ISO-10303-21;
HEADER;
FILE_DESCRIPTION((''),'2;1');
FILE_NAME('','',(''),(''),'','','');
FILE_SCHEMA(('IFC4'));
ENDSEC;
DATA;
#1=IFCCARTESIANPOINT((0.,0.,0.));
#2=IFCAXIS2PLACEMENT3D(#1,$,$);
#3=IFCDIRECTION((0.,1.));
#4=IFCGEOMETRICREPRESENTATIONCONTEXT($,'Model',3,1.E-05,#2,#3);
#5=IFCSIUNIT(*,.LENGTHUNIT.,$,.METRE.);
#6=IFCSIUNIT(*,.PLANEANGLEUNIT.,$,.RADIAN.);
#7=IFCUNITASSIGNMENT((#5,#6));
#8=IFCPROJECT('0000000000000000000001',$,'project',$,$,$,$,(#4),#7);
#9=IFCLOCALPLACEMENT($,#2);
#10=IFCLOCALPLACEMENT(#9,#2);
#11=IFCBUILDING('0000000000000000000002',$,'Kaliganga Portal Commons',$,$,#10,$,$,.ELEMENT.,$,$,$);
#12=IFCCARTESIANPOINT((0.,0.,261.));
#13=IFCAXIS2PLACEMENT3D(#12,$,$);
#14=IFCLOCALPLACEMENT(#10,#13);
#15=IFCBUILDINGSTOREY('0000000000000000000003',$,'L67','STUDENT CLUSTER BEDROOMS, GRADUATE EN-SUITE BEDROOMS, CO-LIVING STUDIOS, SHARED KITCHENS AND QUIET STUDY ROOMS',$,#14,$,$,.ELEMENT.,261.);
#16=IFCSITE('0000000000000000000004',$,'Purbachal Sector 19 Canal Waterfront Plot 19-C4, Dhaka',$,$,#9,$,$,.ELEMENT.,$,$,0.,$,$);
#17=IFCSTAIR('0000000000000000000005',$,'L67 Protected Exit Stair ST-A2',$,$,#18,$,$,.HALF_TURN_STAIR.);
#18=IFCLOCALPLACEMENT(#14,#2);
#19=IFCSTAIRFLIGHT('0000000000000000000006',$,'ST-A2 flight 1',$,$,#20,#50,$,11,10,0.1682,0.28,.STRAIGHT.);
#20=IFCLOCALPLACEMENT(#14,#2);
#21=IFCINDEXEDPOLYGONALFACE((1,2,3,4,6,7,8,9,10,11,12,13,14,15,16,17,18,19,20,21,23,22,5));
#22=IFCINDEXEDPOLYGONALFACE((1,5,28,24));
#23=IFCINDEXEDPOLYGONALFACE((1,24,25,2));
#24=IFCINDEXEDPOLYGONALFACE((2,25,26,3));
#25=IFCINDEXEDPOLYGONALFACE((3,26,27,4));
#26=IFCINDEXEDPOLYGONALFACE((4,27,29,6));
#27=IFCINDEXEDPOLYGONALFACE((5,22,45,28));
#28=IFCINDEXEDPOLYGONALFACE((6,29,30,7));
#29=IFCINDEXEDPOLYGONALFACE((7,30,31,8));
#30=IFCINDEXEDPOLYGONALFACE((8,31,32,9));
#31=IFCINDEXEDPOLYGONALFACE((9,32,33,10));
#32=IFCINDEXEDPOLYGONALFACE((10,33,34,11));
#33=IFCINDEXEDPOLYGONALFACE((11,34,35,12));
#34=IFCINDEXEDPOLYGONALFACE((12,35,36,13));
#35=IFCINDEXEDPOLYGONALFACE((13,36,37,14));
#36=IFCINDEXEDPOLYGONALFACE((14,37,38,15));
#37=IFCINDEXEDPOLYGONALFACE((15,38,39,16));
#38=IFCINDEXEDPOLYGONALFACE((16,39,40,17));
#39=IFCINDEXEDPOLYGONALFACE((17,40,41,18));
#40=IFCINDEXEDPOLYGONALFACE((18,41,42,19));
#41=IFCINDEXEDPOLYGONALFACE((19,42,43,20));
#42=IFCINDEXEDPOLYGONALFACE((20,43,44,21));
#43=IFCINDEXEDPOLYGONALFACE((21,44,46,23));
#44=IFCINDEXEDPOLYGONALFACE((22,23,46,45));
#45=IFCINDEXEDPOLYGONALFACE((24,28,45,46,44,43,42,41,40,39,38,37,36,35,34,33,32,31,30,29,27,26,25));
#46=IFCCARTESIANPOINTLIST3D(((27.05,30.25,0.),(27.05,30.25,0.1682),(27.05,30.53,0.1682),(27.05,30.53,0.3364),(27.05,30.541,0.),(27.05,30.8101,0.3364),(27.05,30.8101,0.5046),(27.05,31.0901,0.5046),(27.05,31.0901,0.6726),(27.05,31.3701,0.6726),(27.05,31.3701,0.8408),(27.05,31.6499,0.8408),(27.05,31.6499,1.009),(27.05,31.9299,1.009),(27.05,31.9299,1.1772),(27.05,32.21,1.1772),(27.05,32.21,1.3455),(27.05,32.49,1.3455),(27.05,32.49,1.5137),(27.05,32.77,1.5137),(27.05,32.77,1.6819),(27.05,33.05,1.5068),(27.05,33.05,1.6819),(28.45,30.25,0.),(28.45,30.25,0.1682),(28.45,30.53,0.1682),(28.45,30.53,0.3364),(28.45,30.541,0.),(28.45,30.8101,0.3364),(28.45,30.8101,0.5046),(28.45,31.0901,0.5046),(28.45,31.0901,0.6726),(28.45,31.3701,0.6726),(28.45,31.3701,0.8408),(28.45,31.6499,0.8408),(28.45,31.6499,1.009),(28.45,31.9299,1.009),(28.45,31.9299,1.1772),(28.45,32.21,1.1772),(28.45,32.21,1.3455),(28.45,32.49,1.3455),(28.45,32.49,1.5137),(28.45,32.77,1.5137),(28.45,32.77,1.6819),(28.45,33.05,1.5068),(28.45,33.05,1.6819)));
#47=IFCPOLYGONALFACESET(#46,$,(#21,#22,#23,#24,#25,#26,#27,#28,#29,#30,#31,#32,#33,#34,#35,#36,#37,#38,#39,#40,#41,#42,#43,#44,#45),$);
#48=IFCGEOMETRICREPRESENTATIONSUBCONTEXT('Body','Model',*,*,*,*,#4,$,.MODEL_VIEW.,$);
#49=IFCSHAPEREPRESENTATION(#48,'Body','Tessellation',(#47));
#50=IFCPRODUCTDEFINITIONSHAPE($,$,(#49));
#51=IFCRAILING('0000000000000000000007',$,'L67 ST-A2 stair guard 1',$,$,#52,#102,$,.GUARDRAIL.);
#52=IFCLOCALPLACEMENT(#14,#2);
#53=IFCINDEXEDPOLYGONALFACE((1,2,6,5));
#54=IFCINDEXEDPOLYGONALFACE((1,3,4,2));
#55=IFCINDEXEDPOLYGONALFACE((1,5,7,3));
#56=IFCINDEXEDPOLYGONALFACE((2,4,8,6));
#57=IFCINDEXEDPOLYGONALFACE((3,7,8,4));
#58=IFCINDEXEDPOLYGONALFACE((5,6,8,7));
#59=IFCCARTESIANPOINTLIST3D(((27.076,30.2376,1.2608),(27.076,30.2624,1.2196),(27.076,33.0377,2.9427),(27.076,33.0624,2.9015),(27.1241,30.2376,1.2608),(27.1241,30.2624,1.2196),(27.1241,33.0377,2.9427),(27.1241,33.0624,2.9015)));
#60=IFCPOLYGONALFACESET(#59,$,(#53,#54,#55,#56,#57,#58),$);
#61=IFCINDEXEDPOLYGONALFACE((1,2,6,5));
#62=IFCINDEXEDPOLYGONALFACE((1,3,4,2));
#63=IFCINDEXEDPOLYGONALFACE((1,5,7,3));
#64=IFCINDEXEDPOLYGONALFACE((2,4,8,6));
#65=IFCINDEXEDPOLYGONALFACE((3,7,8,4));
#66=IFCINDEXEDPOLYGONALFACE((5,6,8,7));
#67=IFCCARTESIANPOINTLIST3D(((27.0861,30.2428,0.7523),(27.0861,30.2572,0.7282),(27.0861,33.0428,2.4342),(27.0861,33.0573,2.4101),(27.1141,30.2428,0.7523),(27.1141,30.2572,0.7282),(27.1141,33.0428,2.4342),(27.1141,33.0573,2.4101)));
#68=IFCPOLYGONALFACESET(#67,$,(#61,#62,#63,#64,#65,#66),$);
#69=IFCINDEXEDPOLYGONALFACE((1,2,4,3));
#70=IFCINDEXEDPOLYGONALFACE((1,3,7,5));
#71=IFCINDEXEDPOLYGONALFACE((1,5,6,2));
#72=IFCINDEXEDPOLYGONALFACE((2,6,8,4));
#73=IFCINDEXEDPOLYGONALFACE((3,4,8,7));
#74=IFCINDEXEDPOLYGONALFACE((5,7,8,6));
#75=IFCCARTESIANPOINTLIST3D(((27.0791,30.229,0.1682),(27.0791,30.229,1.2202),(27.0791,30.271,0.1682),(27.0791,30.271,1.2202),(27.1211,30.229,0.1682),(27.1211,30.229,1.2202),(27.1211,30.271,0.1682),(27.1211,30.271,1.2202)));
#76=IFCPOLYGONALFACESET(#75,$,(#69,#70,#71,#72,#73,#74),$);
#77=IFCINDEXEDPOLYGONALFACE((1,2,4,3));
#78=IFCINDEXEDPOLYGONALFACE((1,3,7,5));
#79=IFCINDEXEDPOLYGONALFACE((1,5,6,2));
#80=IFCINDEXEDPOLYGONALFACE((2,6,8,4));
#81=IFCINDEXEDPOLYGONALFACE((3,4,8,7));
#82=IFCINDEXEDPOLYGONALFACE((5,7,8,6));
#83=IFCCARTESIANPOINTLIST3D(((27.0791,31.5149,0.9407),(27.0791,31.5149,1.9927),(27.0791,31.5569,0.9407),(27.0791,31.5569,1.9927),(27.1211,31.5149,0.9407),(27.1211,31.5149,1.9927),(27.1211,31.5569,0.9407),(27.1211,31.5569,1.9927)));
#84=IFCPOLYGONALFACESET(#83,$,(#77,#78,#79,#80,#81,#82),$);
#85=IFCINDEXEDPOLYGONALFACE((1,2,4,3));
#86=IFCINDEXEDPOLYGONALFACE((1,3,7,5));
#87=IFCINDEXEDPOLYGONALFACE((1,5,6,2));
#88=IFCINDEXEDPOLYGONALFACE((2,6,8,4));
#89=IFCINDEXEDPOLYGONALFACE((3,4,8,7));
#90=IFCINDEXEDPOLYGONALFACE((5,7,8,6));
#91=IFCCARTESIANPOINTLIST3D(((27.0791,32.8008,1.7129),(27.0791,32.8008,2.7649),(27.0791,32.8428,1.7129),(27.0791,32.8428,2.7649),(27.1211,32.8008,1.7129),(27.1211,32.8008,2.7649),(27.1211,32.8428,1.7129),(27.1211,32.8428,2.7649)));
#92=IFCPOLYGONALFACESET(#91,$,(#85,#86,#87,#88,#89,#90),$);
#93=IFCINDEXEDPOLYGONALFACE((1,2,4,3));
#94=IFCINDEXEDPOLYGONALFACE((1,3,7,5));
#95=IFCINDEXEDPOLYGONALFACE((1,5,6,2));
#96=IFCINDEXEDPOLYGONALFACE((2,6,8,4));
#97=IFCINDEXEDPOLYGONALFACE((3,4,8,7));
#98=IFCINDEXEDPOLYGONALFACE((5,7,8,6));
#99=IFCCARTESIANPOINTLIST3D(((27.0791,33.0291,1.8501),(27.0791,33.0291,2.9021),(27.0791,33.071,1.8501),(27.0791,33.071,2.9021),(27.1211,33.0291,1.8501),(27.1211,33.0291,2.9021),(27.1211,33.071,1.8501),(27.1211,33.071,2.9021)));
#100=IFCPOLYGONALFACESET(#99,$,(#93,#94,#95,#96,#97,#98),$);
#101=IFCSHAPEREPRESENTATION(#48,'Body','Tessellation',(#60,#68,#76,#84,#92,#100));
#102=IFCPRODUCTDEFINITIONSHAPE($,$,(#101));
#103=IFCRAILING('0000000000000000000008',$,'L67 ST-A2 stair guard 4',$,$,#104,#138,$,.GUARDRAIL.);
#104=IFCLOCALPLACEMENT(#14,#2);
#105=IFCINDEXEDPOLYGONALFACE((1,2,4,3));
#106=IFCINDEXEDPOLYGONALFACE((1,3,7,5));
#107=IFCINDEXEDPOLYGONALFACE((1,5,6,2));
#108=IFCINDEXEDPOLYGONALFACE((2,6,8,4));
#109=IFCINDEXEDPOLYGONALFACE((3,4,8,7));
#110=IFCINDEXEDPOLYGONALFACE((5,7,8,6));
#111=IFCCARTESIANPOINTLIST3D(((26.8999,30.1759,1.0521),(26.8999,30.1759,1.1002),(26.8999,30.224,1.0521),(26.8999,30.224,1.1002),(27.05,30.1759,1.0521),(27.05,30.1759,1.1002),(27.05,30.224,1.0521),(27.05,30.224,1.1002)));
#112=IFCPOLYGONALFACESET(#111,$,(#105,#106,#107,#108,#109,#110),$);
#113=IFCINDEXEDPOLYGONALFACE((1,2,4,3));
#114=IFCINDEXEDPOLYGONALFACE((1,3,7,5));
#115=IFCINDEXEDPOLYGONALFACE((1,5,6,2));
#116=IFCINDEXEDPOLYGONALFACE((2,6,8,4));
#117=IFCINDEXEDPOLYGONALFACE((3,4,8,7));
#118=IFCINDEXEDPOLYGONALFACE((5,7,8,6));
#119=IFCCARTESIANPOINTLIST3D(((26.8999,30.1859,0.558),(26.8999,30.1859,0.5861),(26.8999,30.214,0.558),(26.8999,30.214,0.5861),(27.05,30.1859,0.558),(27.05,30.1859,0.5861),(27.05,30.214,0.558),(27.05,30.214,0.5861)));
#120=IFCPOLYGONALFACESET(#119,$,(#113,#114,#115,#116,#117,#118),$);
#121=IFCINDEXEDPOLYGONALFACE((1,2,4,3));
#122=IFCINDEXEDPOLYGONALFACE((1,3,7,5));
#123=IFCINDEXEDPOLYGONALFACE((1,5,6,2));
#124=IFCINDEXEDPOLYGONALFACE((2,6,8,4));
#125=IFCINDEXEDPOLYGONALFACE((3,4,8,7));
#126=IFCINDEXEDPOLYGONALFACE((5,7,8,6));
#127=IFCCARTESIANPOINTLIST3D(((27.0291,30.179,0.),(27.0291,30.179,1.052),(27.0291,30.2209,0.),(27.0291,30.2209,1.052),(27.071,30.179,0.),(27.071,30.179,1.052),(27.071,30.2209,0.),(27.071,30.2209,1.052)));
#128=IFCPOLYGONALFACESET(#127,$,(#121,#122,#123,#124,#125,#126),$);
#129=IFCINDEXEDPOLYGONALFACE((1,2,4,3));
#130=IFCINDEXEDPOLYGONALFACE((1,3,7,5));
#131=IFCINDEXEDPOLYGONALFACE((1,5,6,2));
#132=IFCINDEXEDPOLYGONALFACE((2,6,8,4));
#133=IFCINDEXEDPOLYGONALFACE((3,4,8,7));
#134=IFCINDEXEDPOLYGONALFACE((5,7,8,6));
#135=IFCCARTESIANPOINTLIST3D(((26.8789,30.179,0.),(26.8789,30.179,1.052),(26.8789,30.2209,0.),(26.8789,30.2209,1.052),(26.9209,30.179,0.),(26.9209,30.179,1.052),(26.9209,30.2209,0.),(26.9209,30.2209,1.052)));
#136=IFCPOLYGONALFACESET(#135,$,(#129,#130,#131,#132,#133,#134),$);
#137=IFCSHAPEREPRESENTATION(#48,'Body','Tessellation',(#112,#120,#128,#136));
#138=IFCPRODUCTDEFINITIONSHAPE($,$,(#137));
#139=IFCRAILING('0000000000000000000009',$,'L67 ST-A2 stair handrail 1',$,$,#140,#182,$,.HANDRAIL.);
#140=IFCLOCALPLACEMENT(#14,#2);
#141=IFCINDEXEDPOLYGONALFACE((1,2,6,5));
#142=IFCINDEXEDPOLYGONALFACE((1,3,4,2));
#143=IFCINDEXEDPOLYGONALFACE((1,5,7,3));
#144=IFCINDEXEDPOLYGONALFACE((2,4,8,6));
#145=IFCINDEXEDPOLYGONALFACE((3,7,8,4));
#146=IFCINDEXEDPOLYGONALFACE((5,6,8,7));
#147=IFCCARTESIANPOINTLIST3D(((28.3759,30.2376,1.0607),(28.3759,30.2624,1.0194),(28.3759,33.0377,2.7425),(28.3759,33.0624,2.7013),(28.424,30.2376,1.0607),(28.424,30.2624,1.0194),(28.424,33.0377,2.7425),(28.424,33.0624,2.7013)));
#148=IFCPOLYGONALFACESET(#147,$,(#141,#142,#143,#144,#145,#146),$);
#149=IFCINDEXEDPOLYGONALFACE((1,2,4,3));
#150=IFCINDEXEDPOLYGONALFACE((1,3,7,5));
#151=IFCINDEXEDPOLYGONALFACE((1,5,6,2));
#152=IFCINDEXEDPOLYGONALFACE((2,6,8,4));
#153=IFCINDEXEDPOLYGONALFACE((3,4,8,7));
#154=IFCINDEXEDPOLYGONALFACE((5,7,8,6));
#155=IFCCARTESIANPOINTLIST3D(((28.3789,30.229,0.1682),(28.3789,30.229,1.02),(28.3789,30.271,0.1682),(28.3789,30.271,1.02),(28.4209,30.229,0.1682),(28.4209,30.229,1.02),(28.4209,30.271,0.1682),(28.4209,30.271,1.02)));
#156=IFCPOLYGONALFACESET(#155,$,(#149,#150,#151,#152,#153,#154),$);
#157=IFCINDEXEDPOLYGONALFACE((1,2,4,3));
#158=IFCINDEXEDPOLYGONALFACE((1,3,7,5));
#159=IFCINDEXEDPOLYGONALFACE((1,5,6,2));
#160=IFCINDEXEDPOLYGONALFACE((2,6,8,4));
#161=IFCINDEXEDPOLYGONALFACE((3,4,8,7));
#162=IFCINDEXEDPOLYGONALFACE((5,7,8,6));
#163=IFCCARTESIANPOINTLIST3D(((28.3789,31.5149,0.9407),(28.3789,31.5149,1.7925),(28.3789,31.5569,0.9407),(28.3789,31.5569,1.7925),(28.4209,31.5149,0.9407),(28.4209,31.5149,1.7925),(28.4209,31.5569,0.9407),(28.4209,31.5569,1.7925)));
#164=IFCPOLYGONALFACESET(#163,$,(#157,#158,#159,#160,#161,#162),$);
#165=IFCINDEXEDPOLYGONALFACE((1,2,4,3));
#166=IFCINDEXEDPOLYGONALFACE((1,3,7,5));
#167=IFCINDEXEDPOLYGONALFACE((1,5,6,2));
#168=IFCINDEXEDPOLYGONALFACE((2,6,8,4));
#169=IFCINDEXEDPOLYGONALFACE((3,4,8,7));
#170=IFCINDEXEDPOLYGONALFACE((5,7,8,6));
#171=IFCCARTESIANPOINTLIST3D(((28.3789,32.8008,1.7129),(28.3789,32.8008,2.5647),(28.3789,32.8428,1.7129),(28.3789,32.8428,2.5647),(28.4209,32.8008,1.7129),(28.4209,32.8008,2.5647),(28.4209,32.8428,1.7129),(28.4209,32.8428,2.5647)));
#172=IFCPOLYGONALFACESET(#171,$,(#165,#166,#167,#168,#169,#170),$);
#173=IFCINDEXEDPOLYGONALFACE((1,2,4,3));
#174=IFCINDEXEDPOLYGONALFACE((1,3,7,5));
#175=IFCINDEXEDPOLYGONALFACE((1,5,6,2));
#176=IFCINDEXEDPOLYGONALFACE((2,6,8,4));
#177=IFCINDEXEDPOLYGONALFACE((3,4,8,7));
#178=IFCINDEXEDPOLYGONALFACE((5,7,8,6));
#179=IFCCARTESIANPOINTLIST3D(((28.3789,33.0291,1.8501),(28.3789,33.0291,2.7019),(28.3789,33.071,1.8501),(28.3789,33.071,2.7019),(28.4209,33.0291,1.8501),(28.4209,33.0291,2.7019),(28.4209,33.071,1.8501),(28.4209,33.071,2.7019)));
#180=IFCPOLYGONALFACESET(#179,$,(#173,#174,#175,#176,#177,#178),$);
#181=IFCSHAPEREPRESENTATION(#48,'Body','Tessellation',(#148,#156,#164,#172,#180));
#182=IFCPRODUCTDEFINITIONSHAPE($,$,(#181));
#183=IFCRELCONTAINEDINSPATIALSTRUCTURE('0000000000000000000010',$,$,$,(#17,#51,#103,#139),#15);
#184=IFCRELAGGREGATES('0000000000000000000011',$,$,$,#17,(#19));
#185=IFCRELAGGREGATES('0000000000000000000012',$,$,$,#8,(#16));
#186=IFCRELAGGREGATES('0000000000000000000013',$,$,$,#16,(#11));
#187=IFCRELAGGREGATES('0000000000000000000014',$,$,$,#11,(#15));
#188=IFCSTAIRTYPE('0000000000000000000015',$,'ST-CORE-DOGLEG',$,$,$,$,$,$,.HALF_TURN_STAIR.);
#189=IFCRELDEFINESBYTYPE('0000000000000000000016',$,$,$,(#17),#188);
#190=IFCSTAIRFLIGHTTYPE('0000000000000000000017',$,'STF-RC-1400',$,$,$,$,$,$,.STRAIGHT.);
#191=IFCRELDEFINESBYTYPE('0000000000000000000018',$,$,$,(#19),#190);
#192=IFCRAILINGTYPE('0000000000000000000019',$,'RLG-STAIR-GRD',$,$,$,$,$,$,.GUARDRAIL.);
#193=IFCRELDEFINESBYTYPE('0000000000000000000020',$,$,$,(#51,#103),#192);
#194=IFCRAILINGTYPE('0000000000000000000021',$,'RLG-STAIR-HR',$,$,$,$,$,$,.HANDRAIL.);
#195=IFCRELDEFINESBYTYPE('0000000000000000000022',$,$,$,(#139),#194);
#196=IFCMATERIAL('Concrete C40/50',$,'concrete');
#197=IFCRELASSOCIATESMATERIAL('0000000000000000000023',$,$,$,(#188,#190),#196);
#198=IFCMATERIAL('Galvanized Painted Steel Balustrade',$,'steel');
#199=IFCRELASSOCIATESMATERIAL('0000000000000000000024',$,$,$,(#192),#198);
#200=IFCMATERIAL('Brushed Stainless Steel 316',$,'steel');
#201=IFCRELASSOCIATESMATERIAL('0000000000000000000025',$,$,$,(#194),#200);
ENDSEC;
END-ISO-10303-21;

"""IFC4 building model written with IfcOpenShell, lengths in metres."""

from ifc_helpers import new_model, si_unit, direction, frame, origin, origin_2d, place, context, subcontext, project, spatial, polyline, rectangle, outline, extrude, material, type_object, element, aggregate, save


model = new_model("IFC4")

# Units and contexts
model_context = context("Model", 3, precision=1e-05, world=origin(), true_north=direction((0.0, 1.0)))
body_context = subcontext(model_context, "Body", "Model", "MODEL_VIEW")
ifc_project = project(units=[si_unit("LENGTHUNIT", "METRE"), si_unit("PLANEANGLEUNIT", "RADIAN")], contexts=[model_context])

# Site, building, storey
site_placement = place(None, origin())
site = spatial("IfcSite", under=ifc_project, at=site_placement, Name="Purbachal Sector 19 Canal Waterfront Plot 19-C4, Dhaka", CompositionType="ELEMENT", RefElevation=0.0)
building_placement = place(site_placement, origin())
building = spatial("IfcBuilding", under=site, at=building_placement, Name="Kaliganga Portal Commons", CompositionType="ELEMENT")
storey_placement = place(building_placement, frame((0.0, 0.0, 261.0)))
storey = spatial("IfcBuildingStorey", under=building, at=storey_placement, Name="L67", Description="STUDENT CLUSTER BEDROOMS, GRADUATE EN-SUITE BEDROOMS, CO-LIVING STUDIOS, SHARED KITCHENS AND QUIET STUDY ROOMS", CompositionType="ELEMENT", Elevation=261.0)

# Stair, stair flight
ifc_material_1 = material(Name="Concrete C40/50", Category="concrete")
stair_type = type_object("IfcStairType", Name="ST-CORE-DOGLEG", PredefinedType="HALF_TURN_STAIR", material=ifc_material_1)
stair_placement = place(storey_placement, origin())
stair = element("IfcStair", 1, at=stair_placement, inside=storey, type_object=stair_type, Name="L67 Protected Exit Stair ST-A2", PredefinedType="HALF_TURN_STAIR")
stair_flight_type = type_object("IfcStairFlightType", Name="STF-RC-1400", PredefinedType="STRAIGHT", material=ifc_material_1)
stair_flight_placement = place(storey_placement, frame((27.75, 30.25, 0.0), z_axis=(0.0, 0.0, 1.0), x_axis=(0.0, 1.0, 0.0)))
stair_flight = element("IfcStairFlight", 2, at=stair_flight_placement, type_object=stair_flight_type, Name="ST-A2 flight 1", NumberOfRisers=11, NumberOfTreads=10, PredefinedType="STRAIGHT", RiserHeight=0.1682, TreadLength=0.28, context=body_context, shape_type="SweptSolid", body=[
    extrude(outline(polyline([(0.0, 0.0), (0.0, 0.1682), (0.28, 0.1682), (0.28, 0.3364), (0.5601, 0.3364), (0.5601, 0.5046), (0.8401, 0.5046), (0.8401, 0.6726), (1.1201, 0.6726), (1.1201, 0.8408), (1.3999, 0.8408), (1.3999, 1.009), (1.6799, 1.009), (1.6799, 1.1772), (1.96, 1.1772), (1.96, 1.3455), (2.24, 1.3455), (2.24, 1.5137), (2.52, 1.5137), (2.52, 1.6819), (2.8, 1.6819), (2.8, 1.8501), (2.8, 1.5068), (0.291, 0.0), (0.0, 0.0)])), frame((0.0, 0.7, 0.0), z_axis=(0.0, -1.0, 0.0), x_axis=(1.0, 0.0, 0.0)), (0.0, 0.0, 1.0), 1.3999),
])
aggregate(stair, [stair_flight])

# Railings
ifc_material_2 = material(Name="Galvanized Painted Steel Balustrade", Category="steel")
railing_type_1 = type_object("IfcRailingType", Name="RLG-STAIR-GRD", PredefinedType="GUARDRAIL", material=ifc_material_2)
railing_1_placement = place(storey_placement, frame((27.1001, 30.25, 0.1682)))
element("IfcRailing", 3, at=railing_1_placement, inside=storey, type_object=railing_type_1, Name="L67 ST-A2 stair guard 1", PredefinedType="GUARDRAIL", context=body_context, shape_type="SweptSolid", body=[
    extrude(rectangle(XDim=0.0481, YDim=0.0481, at=origin_2d()), frame((0.0, 0.0, 1.072), z_axis=(0.0, 0.857242, 0.514913), x_axis=(-1.0, 0.0, 0.0)), (0.0, 0.0, 1.0), 3.2664),
    extrude(rectangle(XDim=0.0281, YDim=0.0281, at=origin_2d()), frame((0.0, 0.0, 0.572), z_axis=(0.0, 0.857242, 0.514913), x_axis=(-1.0, 0.0, 0.0)), (0.0, 0.0, 1.0), 3.2664),
    extrude(rectangle(XDim=0.042, YDim=0.042, at=origin_2d()), origin(), (0.0, 0.0, 1.0), 1.052),
    extrude(rectangle(XDim=0.042, YDim=0.042, at=origin_2d()), frame((0.0, 1.2859, 0.7725)), (0.0, 0.0, 1.0), 1.052),
    extrude(rectangle(XDim=0.042, YDim=0.042, at=origin_2d()), frame((0.0, 2.5718, 1.5447)), (0.0, 0.0, 1.0), 1.052),
    extrude(rectangle(XDim=0.042, YDim=0.042, at=origin_2d()), frame((0.0, 2.8, 1.6819)), (0.0, 0.0, 1.0), 1.052),
])
railing_2_placement = place(storey_placement, frame((27.05, 30.2, 0.0)))
element("IfcRailing", 4, at=railing_2_placement, inside=storey, type_object=railing_type_1, Name="L67 ST-A2 stair guard 4", PredefinedType="GUARDRAIL", context=body_context, shape_type="SweptSolid", body=[
    extrude(rectangle(XDim=0.0481, YDim=0.0481, at=origin_2d()), frame((0.0, 0.0, 1.0762), z_axis=(-1.0, 0.0, 0.0), x_axis=(0.0, -1.0, 0.0)), (0.0, 0.0, 1.0), 0.1501),
    extrude(rectangle(XDim=0.0281, YDim=0.0281, at=origin_2d()), frame((0.0, 0.0, 0.572), z_axis=(-1.0, 0.0, 0.0), x_axis=(0.0, -1.0, 0.0)), (0.0, 0.0, 1.0), 0.1501),
    extrude(rectangle(XDim=0.042, YDim=0.042, at=origin_2d()), origin(), (0.0, 0.0, 1.0), 1.052),
    extrude(rectangle(XDim=0.042, YDim=0.042, at=origin_2d()), frame((-0.1501, 0.0, 0.0)), (0.0, 0.0, 1.0), 1.052),
])
ifc_material_3 = material(Name="Brushed Stainless Steel 316", Category="steel")
railing_type_2 = type_object("IfcRailingType", Name="RLG-STAIR-HR", PredefinedType="HANDRAIL", material=ifc_material_3)
railing_3_placement = place(storey_placement, frame((28.3999, 30.25, 0.1682)))
element("IfcRailing", 5, at=railing_3_placement, inside=storey, type_object=railing_type_2, Name="L67 ST-A2 stair handrail 1", PredefinedType="HANDRAIL", context=body_context, shape_type="SweptSolid", body=[
    extrude(rectangle(XDim=0.0481, YDim=0.0481, at=origin_2d()), frame((0.0, 0.0, 0.8718), z_axis=(0.0, 0.857242, 0.514913), x_axis=(-1.0, 0.0, 0.0)), (0.0, 0.0, 1.0), 3.2664),
    extrude(rectangle(XDim=0.042, YDim=0.042, at=origin_2d()), origin(), (0.0, 0.0, 1.0), 0.8518),
    extrude(rectangle(XDim=0.042, YDim=0.042, at=origin_2d()), frame((0.0, 1.2859, 0.7725)), (0.0, 0.0, 1.0), 0.8518),
    extrude(rectangle(XDim=0.042, YDim=0.042, at=origin_2d()), frame((0.0, 2.5718, 1.5447)), (0.0, 0.0, 1.0), 0.8518),
    extrude(rectangle(XDim=0.042, YDim=0.042, at=origin_2d()), frame((0.0, 2.8, 1.6819)), (0.0, 0.0, 1.0), 0.8518),
])

save(model, "model.ifc")
